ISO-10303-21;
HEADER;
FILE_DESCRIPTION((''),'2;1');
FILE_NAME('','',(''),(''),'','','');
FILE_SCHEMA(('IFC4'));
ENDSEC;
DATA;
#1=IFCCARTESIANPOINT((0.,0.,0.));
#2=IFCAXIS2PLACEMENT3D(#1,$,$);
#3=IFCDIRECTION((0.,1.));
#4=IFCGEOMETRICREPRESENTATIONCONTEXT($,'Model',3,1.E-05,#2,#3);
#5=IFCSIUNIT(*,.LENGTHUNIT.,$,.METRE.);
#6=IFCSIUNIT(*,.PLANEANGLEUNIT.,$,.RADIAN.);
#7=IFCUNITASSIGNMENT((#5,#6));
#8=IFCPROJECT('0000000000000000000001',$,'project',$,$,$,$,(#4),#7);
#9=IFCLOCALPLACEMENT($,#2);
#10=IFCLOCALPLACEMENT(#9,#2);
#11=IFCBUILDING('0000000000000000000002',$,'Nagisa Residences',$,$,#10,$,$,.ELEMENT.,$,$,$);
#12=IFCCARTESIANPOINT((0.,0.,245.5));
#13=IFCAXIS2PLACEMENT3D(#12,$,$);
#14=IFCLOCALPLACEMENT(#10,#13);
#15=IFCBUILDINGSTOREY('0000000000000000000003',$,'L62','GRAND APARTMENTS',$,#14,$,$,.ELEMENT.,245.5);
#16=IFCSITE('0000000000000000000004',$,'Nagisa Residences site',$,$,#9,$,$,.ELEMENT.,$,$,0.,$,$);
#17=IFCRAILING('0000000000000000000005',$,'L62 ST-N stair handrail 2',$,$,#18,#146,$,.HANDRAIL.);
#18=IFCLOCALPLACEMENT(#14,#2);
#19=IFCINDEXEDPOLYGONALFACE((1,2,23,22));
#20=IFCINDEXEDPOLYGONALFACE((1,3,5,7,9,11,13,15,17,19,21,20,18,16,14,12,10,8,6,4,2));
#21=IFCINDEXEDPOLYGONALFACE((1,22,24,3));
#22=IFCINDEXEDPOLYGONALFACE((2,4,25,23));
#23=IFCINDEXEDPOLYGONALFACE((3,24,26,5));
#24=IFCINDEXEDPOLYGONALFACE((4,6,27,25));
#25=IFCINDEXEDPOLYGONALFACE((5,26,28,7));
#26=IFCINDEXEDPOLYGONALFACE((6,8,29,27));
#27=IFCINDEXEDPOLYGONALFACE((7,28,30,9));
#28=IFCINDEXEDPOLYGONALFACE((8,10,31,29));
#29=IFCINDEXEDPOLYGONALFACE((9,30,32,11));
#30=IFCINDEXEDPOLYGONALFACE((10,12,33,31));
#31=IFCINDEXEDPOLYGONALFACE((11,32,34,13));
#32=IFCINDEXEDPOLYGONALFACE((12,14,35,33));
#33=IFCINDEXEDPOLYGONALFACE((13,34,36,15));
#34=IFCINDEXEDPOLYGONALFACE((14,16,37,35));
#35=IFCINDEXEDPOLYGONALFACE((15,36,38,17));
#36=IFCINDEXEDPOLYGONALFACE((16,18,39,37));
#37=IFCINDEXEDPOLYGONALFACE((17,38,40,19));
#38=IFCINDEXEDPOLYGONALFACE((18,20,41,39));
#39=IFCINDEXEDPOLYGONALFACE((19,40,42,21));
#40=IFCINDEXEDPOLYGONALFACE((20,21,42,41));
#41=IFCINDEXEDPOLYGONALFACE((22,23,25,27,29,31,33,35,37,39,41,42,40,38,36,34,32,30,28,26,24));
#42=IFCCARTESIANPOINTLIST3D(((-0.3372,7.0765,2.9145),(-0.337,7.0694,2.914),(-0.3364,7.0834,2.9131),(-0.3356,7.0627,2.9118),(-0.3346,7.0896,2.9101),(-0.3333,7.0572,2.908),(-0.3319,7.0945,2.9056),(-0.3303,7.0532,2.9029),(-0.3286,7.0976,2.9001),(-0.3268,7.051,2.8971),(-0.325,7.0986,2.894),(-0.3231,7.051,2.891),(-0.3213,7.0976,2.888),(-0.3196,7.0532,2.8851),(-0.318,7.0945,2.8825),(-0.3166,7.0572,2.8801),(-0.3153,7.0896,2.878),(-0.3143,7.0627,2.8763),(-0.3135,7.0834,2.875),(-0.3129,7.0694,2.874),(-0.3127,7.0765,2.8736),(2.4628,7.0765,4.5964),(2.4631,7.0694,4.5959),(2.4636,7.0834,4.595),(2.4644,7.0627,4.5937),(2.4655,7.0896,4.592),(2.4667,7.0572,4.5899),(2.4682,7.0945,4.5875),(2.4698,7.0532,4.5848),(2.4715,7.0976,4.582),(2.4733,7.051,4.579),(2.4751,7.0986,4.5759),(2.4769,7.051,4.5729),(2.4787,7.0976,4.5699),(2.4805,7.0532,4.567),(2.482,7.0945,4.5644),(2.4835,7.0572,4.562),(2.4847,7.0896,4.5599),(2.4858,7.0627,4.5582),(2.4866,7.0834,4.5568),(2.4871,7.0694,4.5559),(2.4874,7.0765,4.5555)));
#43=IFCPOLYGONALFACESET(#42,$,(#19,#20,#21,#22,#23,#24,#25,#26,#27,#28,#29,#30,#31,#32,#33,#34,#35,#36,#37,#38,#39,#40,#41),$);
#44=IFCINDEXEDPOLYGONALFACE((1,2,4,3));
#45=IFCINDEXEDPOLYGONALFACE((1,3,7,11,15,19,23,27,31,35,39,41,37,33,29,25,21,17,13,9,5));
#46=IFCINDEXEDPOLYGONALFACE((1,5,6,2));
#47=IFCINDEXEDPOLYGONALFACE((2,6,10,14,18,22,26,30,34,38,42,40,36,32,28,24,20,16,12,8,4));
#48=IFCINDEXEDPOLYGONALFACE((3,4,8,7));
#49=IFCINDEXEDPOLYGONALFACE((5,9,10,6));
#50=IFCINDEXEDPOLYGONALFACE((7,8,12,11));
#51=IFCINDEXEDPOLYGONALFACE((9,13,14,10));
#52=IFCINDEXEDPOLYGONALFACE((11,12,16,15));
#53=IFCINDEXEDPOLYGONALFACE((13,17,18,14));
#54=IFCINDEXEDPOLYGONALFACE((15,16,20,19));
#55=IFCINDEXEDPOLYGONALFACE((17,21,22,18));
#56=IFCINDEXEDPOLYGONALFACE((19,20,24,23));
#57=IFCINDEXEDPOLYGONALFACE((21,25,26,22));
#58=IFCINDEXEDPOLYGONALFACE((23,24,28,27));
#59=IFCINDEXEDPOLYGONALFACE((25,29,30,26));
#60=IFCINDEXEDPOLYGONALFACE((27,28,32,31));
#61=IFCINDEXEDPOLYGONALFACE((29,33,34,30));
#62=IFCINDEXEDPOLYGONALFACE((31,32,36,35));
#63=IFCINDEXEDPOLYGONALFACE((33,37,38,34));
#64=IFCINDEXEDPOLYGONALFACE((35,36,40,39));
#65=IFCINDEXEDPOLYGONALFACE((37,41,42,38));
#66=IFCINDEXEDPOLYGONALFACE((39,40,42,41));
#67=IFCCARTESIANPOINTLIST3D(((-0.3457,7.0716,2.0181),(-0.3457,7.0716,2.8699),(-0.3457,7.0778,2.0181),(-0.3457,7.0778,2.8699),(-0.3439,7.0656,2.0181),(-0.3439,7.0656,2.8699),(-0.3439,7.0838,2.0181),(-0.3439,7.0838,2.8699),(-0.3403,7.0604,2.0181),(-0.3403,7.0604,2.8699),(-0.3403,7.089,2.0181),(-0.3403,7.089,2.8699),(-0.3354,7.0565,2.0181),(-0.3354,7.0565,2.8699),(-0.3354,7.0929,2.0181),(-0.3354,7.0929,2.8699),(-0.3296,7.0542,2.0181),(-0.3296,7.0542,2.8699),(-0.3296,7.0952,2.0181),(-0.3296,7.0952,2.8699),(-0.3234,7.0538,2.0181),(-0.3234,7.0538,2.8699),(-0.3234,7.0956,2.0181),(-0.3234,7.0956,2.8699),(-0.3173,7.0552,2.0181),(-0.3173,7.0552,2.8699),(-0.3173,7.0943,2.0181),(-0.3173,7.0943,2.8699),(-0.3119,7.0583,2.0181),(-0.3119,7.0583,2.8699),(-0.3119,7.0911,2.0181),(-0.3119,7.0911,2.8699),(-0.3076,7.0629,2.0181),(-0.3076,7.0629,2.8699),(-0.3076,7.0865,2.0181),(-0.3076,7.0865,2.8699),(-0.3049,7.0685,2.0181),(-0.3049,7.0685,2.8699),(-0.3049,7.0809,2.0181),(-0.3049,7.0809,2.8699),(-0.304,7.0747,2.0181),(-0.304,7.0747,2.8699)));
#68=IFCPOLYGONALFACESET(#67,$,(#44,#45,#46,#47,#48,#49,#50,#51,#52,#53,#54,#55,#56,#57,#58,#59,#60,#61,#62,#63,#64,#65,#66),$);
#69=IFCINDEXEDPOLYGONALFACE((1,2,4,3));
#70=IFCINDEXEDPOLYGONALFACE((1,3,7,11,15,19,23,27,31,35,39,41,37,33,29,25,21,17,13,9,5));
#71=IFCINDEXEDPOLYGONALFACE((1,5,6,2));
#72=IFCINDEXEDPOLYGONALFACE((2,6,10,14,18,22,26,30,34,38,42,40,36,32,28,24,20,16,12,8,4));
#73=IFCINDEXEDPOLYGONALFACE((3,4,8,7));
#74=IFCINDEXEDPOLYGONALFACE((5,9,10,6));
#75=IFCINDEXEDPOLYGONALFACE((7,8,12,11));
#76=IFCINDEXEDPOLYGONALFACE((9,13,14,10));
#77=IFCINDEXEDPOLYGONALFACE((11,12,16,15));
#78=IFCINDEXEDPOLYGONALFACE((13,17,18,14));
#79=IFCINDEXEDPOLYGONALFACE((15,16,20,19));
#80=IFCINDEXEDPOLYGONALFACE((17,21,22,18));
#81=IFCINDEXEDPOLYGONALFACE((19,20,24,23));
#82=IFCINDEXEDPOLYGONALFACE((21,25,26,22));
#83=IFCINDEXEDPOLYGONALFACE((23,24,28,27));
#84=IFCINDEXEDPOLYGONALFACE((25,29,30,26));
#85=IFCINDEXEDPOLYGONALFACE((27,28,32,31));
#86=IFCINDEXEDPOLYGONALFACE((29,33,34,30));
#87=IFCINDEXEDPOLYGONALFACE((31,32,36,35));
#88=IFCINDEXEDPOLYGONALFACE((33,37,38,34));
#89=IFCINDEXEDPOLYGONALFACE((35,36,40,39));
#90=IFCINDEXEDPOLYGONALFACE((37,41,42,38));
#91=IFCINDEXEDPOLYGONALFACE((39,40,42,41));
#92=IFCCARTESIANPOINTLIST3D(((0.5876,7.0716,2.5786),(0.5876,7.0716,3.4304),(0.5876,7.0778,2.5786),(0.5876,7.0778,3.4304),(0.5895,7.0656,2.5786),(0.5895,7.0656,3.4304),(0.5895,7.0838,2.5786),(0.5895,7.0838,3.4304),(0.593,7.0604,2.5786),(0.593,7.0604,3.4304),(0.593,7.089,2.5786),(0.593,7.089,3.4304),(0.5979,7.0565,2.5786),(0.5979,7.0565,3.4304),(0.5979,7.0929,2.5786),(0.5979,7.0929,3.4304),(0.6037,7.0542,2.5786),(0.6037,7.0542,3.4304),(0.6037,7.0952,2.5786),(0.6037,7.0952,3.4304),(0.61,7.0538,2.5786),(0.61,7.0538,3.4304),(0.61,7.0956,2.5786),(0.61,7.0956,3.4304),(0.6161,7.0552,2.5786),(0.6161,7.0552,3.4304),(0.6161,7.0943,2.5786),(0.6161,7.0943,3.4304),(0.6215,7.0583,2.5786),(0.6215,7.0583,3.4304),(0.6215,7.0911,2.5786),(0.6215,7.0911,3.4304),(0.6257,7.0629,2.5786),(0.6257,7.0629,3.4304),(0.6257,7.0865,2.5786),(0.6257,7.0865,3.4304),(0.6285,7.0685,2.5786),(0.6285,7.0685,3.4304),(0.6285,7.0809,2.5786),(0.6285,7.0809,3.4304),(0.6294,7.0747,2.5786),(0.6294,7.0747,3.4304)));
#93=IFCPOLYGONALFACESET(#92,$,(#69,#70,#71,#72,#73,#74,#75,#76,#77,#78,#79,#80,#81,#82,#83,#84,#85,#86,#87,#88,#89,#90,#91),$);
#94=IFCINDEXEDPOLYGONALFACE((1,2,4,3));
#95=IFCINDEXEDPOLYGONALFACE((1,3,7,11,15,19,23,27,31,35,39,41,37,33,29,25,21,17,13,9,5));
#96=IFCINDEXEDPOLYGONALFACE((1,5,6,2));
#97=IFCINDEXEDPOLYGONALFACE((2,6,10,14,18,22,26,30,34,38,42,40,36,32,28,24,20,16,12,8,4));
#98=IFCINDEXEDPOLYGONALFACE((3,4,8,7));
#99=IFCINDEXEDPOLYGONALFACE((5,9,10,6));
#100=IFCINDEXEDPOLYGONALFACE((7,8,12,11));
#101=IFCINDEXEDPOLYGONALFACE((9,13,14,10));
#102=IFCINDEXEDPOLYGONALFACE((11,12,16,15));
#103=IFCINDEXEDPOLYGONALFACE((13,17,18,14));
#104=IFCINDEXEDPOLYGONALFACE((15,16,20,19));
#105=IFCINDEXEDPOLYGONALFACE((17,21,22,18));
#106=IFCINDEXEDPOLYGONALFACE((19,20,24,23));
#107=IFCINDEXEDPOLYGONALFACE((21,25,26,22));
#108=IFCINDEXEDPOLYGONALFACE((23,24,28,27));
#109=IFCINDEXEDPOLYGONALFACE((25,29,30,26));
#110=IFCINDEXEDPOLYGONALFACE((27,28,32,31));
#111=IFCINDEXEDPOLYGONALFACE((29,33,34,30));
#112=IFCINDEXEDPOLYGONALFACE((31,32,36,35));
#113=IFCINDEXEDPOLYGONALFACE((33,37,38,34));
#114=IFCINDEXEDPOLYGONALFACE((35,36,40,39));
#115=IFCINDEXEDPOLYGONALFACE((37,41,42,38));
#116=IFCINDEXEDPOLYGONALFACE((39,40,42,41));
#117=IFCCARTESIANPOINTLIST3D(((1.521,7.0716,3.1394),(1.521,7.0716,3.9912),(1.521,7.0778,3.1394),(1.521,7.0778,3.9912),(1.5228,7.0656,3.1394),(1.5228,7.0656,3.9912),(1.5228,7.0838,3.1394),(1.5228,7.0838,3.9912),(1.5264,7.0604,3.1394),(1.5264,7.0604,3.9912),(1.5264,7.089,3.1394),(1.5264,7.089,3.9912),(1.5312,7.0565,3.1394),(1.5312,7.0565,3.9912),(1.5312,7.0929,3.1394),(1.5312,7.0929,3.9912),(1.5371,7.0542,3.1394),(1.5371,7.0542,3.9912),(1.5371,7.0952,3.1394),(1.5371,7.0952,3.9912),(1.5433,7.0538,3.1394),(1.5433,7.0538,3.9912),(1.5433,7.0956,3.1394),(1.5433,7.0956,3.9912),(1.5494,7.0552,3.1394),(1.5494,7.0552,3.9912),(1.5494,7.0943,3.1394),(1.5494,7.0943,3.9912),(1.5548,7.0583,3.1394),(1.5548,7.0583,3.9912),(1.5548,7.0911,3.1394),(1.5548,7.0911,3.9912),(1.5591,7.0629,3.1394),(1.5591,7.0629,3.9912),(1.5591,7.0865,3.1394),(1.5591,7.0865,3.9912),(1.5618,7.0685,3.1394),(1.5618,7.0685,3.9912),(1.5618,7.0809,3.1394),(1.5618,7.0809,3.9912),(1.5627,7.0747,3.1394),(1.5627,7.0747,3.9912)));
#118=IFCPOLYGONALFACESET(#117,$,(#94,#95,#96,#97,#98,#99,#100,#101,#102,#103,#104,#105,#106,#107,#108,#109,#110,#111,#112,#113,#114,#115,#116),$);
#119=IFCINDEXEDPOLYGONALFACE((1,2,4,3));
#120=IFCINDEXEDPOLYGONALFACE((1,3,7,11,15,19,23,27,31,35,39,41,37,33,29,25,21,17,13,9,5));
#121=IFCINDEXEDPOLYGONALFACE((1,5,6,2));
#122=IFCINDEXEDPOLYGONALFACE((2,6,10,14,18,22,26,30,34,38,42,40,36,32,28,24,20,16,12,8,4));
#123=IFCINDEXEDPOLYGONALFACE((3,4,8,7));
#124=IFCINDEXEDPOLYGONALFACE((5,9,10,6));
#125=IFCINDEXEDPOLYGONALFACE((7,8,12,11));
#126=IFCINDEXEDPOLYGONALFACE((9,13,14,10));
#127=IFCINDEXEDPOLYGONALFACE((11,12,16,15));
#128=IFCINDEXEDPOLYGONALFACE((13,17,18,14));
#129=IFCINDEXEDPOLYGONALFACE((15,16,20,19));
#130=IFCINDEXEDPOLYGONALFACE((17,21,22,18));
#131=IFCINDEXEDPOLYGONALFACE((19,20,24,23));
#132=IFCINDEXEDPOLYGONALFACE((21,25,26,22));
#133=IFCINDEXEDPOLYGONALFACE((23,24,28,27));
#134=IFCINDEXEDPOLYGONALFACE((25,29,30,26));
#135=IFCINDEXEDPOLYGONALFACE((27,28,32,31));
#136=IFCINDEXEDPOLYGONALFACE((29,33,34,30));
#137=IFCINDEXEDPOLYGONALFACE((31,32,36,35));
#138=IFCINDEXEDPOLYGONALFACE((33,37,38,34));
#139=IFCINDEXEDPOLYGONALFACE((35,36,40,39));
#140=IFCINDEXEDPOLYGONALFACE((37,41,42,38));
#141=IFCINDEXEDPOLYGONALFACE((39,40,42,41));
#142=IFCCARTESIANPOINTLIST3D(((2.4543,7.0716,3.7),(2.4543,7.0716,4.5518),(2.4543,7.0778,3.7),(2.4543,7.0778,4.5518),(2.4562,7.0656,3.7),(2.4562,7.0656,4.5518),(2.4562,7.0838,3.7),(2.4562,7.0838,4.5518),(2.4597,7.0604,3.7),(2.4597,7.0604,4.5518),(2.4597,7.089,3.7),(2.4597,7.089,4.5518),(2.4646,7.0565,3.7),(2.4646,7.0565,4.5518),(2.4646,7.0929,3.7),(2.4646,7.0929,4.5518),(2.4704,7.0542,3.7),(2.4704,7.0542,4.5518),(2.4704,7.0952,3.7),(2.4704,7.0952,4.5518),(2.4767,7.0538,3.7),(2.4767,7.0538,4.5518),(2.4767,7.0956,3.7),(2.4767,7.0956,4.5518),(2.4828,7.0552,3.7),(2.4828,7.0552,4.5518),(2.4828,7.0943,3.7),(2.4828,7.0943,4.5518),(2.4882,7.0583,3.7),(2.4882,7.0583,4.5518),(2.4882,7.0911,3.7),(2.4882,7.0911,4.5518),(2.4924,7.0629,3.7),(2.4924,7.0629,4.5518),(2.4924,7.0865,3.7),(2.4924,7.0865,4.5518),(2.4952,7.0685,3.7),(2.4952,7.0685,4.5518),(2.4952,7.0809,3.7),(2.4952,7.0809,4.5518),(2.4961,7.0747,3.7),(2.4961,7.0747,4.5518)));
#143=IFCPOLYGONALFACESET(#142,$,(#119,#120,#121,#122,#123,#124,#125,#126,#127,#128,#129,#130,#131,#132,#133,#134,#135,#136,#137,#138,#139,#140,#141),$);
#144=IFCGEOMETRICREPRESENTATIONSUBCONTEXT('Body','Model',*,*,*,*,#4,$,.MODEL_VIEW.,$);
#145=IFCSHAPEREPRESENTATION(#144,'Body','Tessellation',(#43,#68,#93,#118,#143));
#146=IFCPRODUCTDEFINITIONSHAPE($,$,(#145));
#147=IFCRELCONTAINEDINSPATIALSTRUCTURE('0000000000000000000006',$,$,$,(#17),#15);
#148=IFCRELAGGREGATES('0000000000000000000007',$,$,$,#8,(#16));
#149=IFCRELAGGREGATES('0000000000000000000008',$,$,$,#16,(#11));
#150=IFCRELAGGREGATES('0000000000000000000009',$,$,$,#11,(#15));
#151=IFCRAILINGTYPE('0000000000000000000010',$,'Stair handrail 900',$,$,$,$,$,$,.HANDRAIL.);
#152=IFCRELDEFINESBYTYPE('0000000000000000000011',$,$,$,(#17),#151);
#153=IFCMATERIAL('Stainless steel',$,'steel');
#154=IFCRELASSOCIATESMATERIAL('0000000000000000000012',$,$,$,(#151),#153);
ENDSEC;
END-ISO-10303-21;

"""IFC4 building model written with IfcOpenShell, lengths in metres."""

from ifc_helpers import new_model, si_unit, direction, frame, origin, origin_2d, place, context, subcontext, project, spatial, circle, extrude, material, type_object, element, save


model = new_model("IFC4")

# Units and contexts
model_context = context("Model", 3, precision=1e-05, world=origin(), true_north=direction((0.0, 1.0)))
body_context = subcontext(model_context, "Body", "Model", "MODEL_VIEW")
ifc_project = project(units=[si_unit("LENGTHUNIT", "METRE"), si_unit("PLANEANGLEUNIT", "RADIAN")], contexts=[model_context])

# Site, building, storey
site_placement = place(None, origin())
site = spatial("IfcSite", under=ifc_project, at=site_placement, Name="Nagisa Residences site", CompositionType="ELEMENT", RefElevation=0.0)
building_placement = place(site_placement, origin())
building = spatial("IfcBuilding", under=site, at=building_placement, Name="Nagisa Residences", CompositionType="ELEMENT")
storey_placement = place(building_placement, frame((0.0, 0.0, 245.5)))
storey = spatial("IfcBuildingStorey", under=building, at=storey_placement, Name="L62", Description="GRAND APARTMENTS", CompositionType="ELEMENT", Elevation=245.5)

# Railing
ifc_material_1 = material(Name="Stainless steel", Category="steel")
railing_type = type_object("IfcRailingType", Name="Stair handrail 900", PredefinedType="HANDRAIL", material=ifc_material_1)
railing_placement = place(storey_placement, frame((-0.325, 7.0747, 2.0181)))
element("IfcRailing", 1, at=railing_placement, inside=storey, type_object=railing_type, Name="L62 ST-N stair handrail 2", PredefinedType="HANDRAIL", context=body_context, shape_type="SweptSolid", body=[
    extrude(circle(Radius=0.0239, at=origin_2d()), frame((0.0, 0.0, 0.876), z_axis=(0.857242, 0.0, 0.514913), x_axis=(0.0, 1.0, 0.0)), (0.0, 0.0, 1.0), 3.2664),
    extrude(circle(Radius=0.021, at=origin_2d()), origin(), (0.0, 0.0, 1.0), 0.8518),
    extrude(circle(Radius=0.021, at=origin_2d()), frame((0.9333, 0.0, 0.5605)), (0.0, 0.0, 1.0), 0.8518),
    extrude(circle(Radius=0.021, at=origin_2d()), frame((1.8667, 0.0, 1.1213)), (0.0, 0.0, 1.0), 0.8518),
    extrude(circle(Radius=0.021, at=origin_2d()), frame((2.8, 0.0, 1.6819)), (0.0, 0.0, 1.0), 0.8518),
])

save(model, "model.ifc")
